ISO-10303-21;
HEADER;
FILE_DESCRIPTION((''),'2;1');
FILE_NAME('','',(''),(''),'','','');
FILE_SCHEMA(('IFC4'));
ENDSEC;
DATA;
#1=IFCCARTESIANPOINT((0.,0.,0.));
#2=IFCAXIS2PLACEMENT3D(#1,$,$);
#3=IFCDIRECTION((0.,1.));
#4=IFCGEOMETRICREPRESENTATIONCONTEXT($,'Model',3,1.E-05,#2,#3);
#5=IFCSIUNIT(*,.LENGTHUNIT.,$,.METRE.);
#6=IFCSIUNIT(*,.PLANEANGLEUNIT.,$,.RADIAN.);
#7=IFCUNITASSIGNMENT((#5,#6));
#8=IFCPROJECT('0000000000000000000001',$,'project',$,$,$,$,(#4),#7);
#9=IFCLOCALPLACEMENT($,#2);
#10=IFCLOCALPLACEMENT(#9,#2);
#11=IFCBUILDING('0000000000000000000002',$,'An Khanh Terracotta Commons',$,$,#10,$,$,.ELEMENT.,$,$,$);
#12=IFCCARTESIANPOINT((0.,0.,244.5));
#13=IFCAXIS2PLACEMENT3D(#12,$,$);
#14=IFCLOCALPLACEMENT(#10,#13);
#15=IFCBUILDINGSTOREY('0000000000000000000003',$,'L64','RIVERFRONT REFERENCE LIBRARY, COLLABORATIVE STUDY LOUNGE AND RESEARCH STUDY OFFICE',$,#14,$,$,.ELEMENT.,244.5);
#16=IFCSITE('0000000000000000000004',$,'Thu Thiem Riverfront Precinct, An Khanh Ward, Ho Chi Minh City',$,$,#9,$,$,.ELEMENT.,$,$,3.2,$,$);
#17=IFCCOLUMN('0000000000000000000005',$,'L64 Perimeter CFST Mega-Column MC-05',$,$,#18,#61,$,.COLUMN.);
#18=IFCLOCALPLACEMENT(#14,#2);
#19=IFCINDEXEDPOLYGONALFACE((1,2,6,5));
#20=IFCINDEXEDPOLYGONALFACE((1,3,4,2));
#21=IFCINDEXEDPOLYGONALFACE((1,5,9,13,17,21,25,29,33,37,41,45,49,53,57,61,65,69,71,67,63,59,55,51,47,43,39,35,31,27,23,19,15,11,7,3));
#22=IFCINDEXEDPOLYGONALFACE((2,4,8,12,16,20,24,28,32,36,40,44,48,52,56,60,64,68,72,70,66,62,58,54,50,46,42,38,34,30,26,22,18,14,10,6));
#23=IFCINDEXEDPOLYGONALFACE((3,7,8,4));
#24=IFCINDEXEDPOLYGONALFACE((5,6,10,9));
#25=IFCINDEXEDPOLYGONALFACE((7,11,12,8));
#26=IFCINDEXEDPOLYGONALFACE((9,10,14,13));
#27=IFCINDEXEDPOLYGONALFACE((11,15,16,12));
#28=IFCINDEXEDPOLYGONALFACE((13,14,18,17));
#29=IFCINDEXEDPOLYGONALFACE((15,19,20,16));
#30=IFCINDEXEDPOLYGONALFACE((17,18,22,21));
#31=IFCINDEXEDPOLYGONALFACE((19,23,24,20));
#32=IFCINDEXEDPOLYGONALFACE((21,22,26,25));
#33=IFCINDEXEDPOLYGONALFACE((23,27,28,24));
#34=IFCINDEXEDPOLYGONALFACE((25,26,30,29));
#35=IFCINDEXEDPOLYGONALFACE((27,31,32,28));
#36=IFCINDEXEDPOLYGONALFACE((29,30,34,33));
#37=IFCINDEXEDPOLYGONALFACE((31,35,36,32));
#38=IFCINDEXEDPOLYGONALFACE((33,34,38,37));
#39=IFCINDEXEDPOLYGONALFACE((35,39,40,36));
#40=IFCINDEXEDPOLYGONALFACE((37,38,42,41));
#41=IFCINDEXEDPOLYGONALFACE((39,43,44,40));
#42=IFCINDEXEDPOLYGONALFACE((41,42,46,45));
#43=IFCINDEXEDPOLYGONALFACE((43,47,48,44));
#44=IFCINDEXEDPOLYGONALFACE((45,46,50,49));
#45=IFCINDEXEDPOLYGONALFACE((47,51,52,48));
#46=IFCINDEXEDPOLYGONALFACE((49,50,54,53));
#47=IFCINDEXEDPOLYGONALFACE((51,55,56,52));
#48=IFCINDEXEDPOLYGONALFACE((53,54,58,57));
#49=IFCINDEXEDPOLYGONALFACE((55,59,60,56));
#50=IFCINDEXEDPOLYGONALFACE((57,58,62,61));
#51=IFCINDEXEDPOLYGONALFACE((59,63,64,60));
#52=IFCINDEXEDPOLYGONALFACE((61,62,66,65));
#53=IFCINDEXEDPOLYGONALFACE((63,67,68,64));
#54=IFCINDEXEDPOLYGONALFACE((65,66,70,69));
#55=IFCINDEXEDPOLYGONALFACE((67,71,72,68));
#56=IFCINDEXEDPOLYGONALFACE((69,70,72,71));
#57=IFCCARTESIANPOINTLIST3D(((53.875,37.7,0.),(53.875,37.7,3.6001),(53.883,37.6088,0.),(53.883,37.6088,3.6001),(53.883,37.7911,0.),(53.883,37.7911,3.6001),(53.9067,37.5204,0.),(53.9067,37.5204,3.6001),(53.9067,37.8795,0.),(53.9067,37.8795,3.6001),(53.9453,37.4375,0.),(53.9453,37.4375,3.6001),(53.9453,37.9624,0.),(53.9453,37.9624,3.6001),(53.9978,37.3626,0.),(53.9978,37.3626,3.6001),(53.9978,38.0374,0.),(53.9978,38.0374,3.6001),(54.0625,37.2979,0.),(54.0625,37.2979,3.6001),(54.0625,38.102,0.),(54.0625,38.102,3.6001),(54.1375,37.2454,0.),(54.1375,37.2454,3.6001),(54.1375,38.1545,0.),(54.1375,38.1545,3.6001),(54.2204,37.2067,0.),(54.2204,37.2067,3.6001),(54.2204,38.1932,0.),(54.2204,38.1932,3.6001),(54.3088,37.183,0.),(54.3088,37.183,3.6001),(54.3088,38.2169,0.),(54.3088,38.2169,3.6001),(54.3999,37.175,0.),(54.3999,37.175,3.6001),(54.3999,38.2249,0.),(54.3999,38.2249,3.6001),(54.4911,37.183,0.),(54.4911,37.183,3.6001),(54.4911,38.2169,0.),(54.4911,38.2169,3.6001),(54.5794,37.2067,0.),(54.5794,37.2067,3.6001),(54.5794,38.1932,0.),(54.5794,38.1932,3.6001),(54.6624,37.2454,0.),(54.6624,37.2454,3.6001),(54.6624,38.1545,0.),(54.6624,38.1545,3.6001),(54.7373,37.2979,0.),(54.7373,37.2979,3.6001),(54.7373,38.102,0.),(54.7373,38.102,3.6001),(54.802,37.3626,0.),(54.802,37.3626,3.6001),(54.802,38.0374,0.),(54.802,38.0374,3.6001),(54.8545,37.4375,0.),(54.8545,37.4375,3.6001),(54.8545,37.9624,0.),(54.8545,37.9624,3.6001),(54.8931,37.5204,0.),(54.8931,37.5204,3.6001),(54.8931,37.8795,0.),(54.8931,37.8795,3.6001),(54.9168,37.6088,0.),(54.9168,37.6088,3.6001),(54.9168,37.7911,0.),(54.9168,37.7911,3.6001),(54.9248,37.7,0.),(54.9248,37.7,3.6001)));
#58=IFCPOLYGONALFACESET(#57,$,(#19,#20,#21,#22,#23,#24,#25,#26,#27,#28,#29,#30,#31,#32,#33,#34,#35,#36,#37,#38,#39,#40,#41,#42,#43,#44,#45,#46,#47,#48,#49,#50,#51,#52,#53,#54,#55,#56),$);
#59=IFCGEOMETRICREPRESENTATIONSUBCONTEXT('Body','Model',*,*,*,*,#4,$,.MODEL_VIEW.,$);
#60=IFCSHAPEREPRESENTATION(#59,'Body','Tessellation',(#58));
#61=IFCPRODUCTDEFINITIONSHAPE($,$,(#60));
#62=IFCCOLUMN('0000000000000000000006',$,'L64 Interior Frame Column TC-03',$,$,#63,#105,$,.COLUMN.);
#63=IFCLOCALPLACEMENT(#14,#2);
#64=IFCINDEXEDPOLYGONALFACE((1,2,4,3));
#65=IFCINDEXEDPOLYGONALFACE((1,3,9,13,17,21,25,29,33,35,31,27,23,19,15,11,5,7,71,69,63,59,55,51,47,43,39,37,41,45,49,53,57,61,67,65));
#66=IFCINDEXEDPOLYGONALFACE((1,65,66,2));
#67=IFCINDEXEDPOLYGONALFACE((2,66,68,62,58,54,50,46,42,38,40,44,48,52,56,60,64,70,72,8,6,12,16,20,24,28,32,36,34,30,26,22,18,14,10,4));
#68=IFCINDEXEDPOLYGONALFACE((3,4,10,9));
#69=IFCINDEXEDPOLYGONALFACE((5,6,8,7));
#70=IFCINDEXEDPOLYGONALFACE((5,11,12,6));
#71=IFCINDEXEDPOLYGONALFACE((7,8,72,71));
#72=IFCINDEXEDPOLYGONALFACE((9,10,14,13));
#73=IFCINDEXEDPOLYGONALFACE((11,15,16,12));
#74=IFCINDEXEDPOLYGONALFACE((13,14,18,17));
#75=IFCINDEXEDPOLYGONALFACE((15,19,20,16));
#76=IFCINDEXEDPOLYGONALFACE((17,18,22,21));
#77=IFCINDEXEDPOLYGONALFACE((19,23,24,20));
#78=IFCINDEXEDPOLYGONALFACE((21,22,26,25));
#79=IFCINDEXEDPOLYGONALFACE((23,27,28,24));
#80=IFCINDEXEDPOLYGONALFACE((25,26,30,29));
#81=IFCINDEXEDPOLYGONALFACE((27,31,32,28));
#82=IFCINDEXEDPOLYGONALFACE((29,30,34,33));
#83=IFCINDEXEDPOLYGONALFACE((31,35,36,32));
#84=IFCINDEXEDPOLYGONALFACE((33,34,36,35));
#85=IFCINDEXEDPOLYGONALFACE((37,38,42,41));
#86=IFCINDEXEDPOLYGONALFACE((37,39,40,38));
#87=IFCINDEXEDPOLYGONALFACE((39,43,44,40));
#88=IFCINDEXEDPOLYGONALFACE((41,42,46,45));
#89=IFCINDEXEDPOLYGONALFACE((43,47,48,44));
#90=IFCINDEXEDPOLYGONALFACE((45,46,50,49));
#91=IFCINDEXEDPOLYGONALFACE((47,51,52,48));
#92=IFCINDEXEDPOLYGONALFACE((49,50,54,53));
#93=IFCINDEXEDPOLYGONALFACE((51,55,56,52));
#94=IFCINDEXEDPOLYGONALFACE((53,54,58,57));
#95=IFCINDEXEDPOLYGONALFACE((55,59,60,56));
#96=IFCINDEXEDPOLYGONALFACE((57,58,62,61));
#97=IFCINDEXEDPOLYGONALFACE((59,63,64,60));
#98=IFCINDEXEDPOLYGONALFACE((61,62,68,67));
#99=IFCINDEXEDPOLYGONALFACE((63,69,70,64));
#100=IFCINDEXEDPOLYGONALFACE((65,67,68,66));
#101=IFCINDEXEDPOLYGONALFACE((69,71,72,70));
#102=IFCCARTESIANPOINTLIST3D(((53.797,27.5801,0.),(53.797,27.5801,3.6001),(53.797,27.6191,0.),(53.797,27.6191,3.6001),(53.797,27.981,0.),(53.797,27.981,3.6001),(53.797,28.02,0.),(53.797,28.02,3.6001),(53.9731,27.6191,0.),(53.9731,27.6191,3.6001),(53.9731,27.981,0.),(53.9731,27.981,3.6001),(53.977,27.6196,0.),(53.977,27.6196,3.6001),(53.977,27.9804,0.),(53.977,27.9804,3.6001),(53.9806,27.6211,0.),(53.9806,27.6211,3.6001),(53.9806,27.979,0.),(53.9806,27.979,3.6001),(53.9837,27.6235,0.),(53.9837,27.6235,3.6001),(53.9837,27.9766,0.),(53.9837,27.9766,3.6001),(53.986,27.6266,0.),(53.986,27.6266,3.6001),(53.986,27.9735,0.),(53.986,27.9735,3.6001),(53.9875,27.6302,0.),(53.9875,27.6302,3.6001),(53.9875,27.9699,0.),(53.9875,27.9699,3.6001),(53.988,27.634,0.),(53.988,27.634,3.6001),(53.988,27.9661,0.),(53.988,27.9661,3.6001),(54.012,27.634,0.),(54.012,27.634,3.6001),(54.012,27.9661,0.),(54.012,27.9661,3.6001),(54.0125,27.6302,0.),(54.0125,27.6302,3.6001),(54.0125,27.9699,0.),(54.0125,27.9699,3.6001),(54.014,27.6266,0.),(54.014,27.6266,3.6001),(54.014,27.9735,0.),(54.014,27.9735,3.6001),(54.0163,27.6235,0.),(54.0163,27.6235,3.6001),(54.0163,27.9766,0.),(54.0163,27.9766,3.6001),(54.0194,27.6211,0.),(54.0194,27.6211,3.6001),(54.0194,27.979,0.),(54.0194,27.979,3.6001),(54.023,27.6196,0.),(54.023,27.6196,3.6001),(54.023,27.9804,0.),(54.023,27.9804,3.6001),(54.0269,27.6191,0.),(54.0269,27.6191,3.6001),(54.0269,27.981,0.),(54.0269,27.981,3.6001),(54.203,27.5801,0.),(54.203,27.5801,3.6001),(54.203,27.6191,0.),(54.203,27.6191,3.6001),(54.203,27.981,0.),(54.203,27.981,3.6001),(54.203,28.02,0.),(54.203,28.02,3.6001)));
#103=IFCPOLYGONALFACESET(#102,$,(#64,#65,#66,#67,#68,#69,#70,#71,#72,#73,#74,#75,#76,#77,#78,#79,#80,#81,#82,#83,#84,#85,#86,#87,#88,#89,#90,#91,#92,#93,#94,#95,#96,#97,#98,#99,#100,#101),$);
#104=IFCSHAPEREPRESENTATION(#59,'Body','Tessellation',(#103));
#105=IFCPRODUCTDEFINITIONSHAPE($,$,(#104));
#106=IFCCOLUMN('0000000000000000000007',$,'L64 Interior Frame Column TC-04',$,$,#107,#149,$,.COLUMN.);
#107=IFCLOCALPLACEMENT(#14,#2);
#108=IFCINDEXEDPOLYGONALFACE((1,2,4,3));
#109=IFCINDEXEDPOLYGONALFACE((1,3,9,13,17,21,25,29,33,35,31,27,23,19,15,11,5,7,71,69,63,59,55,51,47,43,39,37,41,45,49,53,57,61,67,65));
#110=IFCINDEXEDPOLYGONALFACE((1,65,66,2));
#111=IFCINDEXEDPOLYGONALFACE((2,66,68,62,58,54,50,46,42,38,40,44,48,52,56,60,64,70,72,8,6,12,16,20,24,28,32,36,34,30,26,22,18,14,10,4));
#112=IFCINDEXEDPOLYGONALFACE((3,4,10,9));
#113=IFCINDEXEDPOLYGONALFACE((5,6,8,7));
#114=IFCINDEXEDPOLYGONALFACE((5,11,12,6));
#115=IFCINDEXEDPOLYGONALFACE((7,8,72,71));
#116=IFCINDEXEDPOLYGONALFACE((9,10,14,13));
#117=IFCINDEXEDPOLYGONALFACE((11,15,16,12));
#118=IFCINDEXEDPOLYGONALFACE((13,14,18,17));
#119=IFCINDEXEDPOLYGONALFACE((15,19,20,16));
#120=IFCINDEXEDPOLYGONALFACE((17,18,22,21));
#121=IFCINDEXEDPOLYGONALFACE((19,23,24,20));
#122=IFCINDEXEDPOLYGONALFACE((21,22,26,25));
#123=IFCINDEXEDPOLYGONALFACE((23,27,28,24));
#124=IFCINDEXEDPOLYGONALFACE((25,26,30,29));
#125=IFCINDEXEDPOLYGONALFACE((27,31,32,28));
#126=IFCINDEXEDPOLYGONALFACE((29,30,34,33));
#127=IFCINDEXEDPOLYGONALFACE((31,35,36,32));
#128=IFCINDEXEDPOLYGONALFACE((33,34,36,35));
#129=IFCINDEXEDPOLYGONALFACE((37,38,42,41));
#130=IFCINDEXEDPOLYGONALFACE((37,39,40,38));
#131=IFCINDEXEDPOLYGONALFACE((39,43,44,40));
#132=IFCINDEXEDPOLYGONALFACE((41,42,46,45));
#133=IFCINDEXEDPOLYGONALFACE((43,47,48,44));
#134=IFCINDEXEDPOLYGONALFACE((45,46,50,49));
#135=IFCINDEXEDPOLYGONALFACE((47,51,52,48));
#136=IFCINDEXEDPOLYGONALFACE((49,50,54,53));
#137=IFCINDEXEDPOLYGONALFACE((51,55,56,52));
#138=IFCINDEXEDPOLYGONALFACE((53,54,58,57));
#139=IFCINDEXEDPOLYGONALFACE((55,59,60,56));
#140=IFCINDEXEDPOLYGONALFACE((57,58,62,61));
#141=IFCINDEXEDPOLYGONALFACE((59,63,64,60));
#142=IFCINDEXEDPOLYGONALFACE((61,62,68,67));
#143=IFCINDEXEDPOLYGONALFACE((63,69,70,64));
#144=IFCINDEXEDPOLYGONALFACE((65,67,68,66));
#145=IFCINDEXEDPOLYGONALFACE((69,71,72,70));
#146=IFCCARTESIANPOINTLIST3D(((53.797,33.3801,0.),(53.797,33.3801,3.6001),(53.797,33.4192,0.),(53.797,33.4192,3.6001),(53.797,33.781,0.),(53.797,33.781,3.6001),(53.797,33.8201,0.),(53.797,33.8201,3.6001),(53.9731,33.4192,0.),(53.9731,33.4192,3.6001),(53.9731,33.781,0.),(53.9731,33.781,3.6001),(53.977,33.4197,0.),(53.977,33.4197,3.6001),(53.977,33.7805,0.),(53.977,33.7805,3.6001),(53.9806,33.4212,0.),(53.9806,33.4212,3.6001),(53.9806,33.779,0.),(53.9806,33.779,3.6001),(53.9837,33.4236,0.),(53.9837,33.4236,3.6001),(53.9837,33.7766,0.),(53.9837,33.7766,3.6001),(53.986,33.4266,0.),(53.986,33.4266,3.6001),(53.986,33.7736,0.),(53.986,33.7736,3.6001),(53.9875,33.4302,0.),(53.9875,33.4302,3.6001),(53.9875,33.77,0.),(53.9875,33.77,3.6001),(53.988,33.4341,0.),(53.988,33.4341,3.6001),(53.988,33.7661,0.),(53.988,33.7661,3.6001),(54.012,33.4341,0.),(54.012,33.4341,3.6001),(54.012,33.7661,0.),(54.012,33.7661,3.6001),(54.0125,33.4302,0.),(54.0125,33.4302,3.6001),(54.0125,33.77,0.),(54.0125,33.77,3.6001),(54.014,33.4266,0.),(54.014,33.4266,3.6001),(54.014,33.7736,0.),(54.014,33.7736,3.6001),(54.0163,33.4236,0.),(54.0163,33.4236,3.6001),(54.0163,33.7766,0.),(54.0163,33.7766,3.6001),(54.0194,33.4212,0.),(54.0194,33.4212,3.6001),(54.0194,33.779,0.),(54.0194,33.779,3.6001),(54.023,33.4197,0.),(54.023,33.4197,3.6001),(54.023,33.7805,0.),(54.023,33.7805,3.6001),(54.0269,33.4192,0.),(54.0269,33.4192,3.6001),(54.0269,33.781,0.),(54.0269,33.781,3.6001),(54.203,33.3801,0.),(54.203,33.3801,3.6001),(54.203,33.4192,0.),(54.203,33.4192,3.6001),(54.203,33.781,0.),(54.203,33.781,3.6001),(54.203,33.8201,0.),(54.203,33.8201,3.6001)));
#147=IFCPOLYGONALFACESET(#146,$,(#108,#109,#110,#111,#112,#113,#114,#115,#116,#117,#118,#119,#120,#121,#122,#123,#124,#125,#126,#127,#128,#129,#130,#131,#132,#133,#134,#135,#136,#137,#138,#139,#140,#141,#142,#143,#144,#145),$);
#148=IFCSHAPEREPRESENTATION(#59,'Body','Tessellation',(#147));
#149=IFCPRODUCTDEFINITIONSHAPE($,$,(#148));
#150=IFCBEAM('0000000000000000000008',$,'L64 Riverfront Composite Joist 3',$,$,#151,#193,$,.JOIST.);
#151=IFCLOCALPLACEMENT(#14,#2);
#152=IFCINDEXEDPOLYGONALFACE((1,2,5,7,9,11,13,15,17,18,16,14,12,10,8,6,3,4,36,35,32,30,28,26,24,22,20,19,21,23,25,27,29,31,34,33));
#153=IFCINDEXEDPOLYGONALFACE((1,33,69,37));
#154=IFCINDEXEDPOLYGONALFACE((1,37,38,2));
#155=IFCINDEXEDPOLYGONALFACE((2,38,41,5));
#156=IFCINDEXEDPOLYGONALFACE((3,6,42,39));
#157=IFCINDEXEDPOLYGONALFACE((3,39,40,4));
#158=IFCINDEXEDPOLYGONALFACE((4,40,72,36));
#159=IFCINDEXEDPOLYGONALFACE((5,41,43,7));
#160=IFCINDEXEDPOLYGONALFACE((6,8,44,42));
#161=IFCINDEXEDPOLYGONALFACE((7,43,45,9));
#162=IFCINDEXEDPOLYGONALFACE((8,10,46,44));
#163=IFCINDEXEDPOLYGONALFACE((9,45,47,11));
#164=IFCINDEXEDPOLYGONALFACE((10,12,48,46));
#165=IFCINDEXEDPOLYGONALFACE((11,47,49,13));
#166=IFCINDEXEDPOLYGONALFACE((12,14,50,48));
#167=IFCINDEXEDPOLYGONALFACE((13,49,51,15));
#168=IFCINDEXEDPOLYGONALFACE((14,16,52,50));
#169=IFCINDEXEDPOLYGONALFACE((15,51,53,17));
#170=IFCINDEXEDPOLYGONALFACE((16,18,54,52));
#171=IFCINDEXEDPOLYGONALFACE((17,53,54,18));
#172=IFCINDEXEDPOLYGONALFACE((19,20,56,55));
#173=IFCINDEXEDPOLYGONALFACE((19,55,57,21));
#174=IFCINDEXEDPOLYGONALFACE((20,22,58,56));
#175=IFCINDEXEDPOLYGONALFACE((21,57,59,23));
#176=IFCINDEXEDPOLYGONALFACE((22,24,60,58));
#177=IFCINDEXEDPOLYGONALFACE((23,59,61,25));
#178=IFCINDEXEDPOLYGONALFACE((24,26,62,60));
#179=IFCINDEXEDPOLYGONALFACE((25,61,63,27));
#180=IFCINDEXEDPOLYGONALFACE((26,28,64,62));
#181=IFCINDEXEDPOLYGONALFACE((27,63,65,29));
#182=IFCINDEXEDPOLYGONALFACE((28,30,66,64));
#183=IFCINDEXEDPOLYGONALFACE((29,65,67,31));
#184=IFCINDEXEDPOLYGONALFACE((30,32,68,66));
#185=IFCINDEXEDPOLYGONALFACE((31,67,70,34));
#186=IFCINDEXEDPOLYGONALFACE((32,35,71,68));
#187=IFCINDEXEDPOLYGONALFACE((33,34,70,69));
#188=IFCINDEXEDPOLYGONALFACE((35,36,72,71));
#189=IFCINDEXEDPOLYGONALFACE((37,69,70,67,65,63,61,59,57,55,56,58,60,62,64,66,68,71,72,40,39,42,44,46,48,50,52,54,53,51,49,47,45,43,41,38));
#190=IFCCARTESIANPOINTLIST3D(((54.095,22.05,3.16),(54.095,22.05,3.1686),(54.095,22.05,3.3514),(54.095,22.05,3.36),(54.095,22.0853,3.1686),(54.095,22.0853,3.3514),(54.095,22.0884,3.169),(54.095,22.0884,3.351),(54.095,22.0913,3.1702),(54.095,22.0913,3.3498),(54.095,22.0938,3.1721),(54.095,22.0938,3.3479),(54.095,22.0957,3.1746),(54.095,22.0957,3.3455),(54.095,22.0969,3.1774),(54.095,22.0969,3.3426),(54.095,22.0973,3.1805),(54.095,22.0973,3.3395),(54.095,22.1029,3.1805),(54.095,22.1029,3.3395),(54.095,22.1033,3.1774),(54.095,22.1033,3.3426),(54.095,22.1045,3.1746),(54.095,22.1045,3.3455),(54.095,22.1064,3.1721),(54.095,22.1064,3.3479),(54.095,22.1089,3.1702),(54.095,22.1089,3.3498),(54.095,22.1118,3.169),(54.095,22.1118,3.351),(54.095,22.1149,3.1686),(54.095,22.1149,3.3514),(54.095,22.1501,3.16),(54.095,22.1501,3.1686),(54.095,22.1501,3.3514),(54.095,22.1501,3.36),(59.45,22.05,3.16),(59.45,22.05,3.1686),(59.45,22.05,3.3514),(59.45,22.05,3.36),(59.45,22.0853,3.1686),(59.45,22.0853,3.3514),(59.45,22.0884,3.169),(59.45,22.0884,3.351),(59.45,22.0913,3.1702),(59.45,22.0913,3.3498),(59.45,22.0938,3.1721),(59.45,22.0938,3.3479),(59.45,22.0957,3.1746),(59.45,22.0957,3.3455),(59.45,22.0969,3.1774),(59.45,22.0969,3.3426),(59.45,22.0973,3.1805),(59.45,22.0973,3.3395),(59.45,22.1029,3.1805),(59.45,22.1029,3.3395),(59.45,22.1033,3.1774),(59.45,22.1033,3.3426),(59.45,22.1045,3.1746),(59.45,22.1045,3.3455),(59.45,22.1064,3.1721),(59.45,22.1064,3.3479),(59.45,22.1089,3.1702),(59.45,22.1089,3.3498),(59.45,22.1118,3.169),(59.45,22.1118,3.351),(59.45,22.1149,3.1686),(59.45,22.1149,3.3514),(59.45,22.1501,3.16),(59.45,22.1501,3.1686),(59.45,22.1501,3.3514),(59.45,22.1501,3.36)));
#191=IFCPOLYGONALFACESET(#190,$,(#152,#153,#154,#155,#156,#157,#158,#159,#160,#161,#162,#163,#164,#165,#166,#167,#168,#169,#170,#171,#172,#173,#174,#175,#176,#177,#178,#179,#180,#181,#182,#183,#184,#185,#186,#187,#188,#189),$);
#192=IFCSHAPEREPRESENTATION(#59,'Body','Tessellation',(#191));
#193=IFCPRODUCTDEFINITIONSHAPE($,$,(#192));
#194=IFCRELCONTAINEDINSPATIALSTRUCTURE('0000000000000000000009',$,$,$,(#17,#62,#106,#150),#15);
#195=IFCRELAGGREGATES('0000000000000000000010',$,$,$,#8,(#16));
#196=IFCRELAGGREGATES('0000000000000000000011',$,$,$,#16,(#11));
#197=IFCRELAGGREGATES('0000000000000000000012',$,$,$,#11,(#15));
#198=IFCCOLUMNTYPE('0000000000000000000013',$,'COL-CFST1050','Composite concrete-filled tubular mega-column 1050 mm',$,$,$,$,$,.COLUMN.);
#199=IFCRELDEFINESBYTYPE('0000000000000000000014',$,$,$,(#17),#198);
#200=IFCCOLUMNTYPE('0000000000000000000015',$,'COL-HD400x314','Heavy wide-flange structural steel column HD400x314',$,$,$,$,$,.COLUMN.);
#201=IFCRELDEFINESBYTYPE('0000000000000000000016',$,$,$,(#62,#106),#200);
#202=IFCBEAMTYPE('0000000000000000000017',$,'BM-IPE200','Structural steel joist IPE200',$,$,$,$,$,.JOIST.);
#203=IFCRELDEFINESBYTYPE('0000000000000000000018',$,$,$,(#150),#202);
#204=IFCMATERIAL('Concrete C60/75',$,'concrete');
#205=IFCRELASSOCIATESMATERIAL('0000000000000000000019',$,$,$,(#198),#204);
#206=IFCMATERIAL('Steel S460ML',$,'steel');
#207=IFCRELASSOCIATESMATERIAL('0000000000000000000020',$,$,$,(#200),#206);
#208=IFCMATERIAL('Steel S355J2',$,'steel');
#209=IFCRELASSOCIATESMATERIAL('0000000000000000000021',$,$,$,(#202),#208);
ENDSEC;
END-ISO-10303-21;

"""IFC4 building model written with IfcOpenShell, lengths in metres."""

from ifc_helpers import new_model, si_unit, direction, frame, origin, origin_2d, place, context, subcontext, project, spatial, circle, i_section, extrude, material, material_profile, profile_set, type_object, element, save


model = new_model("IFC4")

# Units and contexts
model_context = context("Model", 3, precision=1e-05, world=origin(), true_north=direction((0.0, 1.0)))
body_context = subcontext(model_context, "Body", "Model", "MODEL_VIEW")
ifc_project = project(units=[si_unit("LENGTHUNIT", "METRE"), si_unit("PLANEANGLEUNIT", "RADIAN")], contexts=[model_context])

# Site, building, storey
site_placement = place(None, origin())
site = spatial("IfcSite", under=ifc_project, at=site_placement, Name="Thu Thiem Riverfront Precinct, An Khanh Ward, Ho Chi Minh City", CompositionType="ELEMENT", RefElevation=3.2)
building_placement = place(site_placement, origin())
building = spatial("IfcBuilding", under=site, at=building_placement, Name="An Khanh Terracotta Commons", CompositionType="ELEMENT")
storey_placement = place(building_placement, frame((0.0, 0.0, 244.5)))
storey = spatial("IfcBuildingStorey", under=building, at=storey_placement, Name="L64", Description="RIVERFRONT REFERENCE LIBRARY, COLLABORATIVE STUDY LOUNGE AND RESEARCH STUDY OFFICE", CompositionType="ELEMENT", Elevation=244.5)

# Columns
ifc_material_1 = material(Name="Concrete C60/75", Category="concrete")
ifc_material_profile_1 = material_profile(ifc_material_1, circle(Radius=0.5249, at=origin_2d()), Name="CFST1050")
ifc_profile_set_1 = profile_set([ifc_material_profile_1], Name="Concrete C60/75")
column_type_1 = type_object("IfcColumnType", Name="COL-CFST1050", Description="Composite concrete-filled tubular mega-column 1050 mm", PredefinedType="COLUMN", material=ifc_profile_set_1)
column_placement = place(storey_placement, frame((54.3999, 37.7, 0.0), z_axis=(0.0, 0.0, 1.0), x_axis=(1.0, 0.0, 0.0)))
element("IfcColumn", 1, at=column_placement, inside=storey, type_object=column_type_1, Name="L64 Perimeter CFST Mega-Column MC-05", PredefinedType="COLUMN", context=body_context, shape_type="SweptSolid", body=[
    extrude(circle(Radius=0.5249, at=origin_2d()), origin(), (0.0, 0.0, 1.0), 3.6001),
])
ifc_material_2 = material(Name="Steel S460ML", Category="steel")
ifc_material_profile_2 = material_profile(ifc_material_2, i_section(OverallWidth=0.406, OverallDepth=0.4399, WebThickness=0.0239, FlangeThickness=0.0391, FilletRadius=0.0149, at=origin_2d()), Name="HD400x314")
ifc_profile_set_2 = profile_set([ifc_material_profile_2], Name="Steel S460ML")
column_type_2 = type_object("IfcColumnType", Name="COL-HD400x314", Description="Heavy wide-flange structural steel column HD400x314", PredefinedType="COLUMN", material=ifc_profile_set_2)
for number, where, z_axis, x_axis, name in (
    (2, (54.0, 27.8, 0.0), (0.0, 0.0, 1.0), (1.0, 0.0, 0.0), "L64 Interior Frame Column TC-03"),
    (3, (54.0, 33.6001, 0.0), (0.0, 0.0, 1.0), (1.0, 0.0, 0.0), "L64 Interior Frame Column TC-04"),
):
    element("IfcColumn", number, at=place(storey_placement, frame(where, z_axis=z_axis, x_axis=x_axis)), inside=storey, type_object=column_type_2, Name=name, PredefinedType="COLUMN", context=body_context, shape_type="SweptSolid", body=[
        extrude(i_section(OverallWidth=0.406, OverallDepth=0.4399, WebThickness=0.0239, FlangeThickness=0.0391, FilletRadius=0.0149, at=origin_2d()), origin(), (0.0, 0.0, 1.0), 3.6001),
    ])

# Beam
ifc_material_3 = material(Name="Steel S355J2", Category="steel")
ifc_material_profile_3 = material_profile(ifc_material_3, i_section(OverallWidth=0.1001, OverallDepth=0.2, WebThickness=0.0056, FlangeThickness=0.0085, FilletRadius=0.012, at=origin_2d()), Name="IPE200")
ifc_profile_set_3 = profile_set([ifc_material_profile_3], Name="Steel S355J2")
beam_type_1 = type_object("IfcBeamType", Name="BM-IPE200", Description="Structural steel joist IPE200", PredefinedType="JOIST", material=ifc_profile_set_3)
for number, where, z_axis, x_axis, name in (
    (4, (54.095, 22.1001, 3.26), (1.0, 0.0, 0.0), (0.0, 1.0, 0.0), "L64 Riverfront Composite Joist 3"),
):
    element("IfcBeam", number, at=place(storey_placement, frame(where, z_axis=z_axis, x_axis=x_axis)), inside=storey, type_object=beam_type_1, Name=name, PredefinedType="JOIST", context=body_context, shape_type="SweptSolid", body=[
        extrude(i_section(OverallWidth=0.1001, OverallDepth=0.2, WebThickness=0.0056, FlangeThickness=0.0085, FilletRadius=0.012, at=origin_2d()), origin(), (0.0, 0.0, 1.0), 5.355),
    ])

save(model, "model.ifc")
